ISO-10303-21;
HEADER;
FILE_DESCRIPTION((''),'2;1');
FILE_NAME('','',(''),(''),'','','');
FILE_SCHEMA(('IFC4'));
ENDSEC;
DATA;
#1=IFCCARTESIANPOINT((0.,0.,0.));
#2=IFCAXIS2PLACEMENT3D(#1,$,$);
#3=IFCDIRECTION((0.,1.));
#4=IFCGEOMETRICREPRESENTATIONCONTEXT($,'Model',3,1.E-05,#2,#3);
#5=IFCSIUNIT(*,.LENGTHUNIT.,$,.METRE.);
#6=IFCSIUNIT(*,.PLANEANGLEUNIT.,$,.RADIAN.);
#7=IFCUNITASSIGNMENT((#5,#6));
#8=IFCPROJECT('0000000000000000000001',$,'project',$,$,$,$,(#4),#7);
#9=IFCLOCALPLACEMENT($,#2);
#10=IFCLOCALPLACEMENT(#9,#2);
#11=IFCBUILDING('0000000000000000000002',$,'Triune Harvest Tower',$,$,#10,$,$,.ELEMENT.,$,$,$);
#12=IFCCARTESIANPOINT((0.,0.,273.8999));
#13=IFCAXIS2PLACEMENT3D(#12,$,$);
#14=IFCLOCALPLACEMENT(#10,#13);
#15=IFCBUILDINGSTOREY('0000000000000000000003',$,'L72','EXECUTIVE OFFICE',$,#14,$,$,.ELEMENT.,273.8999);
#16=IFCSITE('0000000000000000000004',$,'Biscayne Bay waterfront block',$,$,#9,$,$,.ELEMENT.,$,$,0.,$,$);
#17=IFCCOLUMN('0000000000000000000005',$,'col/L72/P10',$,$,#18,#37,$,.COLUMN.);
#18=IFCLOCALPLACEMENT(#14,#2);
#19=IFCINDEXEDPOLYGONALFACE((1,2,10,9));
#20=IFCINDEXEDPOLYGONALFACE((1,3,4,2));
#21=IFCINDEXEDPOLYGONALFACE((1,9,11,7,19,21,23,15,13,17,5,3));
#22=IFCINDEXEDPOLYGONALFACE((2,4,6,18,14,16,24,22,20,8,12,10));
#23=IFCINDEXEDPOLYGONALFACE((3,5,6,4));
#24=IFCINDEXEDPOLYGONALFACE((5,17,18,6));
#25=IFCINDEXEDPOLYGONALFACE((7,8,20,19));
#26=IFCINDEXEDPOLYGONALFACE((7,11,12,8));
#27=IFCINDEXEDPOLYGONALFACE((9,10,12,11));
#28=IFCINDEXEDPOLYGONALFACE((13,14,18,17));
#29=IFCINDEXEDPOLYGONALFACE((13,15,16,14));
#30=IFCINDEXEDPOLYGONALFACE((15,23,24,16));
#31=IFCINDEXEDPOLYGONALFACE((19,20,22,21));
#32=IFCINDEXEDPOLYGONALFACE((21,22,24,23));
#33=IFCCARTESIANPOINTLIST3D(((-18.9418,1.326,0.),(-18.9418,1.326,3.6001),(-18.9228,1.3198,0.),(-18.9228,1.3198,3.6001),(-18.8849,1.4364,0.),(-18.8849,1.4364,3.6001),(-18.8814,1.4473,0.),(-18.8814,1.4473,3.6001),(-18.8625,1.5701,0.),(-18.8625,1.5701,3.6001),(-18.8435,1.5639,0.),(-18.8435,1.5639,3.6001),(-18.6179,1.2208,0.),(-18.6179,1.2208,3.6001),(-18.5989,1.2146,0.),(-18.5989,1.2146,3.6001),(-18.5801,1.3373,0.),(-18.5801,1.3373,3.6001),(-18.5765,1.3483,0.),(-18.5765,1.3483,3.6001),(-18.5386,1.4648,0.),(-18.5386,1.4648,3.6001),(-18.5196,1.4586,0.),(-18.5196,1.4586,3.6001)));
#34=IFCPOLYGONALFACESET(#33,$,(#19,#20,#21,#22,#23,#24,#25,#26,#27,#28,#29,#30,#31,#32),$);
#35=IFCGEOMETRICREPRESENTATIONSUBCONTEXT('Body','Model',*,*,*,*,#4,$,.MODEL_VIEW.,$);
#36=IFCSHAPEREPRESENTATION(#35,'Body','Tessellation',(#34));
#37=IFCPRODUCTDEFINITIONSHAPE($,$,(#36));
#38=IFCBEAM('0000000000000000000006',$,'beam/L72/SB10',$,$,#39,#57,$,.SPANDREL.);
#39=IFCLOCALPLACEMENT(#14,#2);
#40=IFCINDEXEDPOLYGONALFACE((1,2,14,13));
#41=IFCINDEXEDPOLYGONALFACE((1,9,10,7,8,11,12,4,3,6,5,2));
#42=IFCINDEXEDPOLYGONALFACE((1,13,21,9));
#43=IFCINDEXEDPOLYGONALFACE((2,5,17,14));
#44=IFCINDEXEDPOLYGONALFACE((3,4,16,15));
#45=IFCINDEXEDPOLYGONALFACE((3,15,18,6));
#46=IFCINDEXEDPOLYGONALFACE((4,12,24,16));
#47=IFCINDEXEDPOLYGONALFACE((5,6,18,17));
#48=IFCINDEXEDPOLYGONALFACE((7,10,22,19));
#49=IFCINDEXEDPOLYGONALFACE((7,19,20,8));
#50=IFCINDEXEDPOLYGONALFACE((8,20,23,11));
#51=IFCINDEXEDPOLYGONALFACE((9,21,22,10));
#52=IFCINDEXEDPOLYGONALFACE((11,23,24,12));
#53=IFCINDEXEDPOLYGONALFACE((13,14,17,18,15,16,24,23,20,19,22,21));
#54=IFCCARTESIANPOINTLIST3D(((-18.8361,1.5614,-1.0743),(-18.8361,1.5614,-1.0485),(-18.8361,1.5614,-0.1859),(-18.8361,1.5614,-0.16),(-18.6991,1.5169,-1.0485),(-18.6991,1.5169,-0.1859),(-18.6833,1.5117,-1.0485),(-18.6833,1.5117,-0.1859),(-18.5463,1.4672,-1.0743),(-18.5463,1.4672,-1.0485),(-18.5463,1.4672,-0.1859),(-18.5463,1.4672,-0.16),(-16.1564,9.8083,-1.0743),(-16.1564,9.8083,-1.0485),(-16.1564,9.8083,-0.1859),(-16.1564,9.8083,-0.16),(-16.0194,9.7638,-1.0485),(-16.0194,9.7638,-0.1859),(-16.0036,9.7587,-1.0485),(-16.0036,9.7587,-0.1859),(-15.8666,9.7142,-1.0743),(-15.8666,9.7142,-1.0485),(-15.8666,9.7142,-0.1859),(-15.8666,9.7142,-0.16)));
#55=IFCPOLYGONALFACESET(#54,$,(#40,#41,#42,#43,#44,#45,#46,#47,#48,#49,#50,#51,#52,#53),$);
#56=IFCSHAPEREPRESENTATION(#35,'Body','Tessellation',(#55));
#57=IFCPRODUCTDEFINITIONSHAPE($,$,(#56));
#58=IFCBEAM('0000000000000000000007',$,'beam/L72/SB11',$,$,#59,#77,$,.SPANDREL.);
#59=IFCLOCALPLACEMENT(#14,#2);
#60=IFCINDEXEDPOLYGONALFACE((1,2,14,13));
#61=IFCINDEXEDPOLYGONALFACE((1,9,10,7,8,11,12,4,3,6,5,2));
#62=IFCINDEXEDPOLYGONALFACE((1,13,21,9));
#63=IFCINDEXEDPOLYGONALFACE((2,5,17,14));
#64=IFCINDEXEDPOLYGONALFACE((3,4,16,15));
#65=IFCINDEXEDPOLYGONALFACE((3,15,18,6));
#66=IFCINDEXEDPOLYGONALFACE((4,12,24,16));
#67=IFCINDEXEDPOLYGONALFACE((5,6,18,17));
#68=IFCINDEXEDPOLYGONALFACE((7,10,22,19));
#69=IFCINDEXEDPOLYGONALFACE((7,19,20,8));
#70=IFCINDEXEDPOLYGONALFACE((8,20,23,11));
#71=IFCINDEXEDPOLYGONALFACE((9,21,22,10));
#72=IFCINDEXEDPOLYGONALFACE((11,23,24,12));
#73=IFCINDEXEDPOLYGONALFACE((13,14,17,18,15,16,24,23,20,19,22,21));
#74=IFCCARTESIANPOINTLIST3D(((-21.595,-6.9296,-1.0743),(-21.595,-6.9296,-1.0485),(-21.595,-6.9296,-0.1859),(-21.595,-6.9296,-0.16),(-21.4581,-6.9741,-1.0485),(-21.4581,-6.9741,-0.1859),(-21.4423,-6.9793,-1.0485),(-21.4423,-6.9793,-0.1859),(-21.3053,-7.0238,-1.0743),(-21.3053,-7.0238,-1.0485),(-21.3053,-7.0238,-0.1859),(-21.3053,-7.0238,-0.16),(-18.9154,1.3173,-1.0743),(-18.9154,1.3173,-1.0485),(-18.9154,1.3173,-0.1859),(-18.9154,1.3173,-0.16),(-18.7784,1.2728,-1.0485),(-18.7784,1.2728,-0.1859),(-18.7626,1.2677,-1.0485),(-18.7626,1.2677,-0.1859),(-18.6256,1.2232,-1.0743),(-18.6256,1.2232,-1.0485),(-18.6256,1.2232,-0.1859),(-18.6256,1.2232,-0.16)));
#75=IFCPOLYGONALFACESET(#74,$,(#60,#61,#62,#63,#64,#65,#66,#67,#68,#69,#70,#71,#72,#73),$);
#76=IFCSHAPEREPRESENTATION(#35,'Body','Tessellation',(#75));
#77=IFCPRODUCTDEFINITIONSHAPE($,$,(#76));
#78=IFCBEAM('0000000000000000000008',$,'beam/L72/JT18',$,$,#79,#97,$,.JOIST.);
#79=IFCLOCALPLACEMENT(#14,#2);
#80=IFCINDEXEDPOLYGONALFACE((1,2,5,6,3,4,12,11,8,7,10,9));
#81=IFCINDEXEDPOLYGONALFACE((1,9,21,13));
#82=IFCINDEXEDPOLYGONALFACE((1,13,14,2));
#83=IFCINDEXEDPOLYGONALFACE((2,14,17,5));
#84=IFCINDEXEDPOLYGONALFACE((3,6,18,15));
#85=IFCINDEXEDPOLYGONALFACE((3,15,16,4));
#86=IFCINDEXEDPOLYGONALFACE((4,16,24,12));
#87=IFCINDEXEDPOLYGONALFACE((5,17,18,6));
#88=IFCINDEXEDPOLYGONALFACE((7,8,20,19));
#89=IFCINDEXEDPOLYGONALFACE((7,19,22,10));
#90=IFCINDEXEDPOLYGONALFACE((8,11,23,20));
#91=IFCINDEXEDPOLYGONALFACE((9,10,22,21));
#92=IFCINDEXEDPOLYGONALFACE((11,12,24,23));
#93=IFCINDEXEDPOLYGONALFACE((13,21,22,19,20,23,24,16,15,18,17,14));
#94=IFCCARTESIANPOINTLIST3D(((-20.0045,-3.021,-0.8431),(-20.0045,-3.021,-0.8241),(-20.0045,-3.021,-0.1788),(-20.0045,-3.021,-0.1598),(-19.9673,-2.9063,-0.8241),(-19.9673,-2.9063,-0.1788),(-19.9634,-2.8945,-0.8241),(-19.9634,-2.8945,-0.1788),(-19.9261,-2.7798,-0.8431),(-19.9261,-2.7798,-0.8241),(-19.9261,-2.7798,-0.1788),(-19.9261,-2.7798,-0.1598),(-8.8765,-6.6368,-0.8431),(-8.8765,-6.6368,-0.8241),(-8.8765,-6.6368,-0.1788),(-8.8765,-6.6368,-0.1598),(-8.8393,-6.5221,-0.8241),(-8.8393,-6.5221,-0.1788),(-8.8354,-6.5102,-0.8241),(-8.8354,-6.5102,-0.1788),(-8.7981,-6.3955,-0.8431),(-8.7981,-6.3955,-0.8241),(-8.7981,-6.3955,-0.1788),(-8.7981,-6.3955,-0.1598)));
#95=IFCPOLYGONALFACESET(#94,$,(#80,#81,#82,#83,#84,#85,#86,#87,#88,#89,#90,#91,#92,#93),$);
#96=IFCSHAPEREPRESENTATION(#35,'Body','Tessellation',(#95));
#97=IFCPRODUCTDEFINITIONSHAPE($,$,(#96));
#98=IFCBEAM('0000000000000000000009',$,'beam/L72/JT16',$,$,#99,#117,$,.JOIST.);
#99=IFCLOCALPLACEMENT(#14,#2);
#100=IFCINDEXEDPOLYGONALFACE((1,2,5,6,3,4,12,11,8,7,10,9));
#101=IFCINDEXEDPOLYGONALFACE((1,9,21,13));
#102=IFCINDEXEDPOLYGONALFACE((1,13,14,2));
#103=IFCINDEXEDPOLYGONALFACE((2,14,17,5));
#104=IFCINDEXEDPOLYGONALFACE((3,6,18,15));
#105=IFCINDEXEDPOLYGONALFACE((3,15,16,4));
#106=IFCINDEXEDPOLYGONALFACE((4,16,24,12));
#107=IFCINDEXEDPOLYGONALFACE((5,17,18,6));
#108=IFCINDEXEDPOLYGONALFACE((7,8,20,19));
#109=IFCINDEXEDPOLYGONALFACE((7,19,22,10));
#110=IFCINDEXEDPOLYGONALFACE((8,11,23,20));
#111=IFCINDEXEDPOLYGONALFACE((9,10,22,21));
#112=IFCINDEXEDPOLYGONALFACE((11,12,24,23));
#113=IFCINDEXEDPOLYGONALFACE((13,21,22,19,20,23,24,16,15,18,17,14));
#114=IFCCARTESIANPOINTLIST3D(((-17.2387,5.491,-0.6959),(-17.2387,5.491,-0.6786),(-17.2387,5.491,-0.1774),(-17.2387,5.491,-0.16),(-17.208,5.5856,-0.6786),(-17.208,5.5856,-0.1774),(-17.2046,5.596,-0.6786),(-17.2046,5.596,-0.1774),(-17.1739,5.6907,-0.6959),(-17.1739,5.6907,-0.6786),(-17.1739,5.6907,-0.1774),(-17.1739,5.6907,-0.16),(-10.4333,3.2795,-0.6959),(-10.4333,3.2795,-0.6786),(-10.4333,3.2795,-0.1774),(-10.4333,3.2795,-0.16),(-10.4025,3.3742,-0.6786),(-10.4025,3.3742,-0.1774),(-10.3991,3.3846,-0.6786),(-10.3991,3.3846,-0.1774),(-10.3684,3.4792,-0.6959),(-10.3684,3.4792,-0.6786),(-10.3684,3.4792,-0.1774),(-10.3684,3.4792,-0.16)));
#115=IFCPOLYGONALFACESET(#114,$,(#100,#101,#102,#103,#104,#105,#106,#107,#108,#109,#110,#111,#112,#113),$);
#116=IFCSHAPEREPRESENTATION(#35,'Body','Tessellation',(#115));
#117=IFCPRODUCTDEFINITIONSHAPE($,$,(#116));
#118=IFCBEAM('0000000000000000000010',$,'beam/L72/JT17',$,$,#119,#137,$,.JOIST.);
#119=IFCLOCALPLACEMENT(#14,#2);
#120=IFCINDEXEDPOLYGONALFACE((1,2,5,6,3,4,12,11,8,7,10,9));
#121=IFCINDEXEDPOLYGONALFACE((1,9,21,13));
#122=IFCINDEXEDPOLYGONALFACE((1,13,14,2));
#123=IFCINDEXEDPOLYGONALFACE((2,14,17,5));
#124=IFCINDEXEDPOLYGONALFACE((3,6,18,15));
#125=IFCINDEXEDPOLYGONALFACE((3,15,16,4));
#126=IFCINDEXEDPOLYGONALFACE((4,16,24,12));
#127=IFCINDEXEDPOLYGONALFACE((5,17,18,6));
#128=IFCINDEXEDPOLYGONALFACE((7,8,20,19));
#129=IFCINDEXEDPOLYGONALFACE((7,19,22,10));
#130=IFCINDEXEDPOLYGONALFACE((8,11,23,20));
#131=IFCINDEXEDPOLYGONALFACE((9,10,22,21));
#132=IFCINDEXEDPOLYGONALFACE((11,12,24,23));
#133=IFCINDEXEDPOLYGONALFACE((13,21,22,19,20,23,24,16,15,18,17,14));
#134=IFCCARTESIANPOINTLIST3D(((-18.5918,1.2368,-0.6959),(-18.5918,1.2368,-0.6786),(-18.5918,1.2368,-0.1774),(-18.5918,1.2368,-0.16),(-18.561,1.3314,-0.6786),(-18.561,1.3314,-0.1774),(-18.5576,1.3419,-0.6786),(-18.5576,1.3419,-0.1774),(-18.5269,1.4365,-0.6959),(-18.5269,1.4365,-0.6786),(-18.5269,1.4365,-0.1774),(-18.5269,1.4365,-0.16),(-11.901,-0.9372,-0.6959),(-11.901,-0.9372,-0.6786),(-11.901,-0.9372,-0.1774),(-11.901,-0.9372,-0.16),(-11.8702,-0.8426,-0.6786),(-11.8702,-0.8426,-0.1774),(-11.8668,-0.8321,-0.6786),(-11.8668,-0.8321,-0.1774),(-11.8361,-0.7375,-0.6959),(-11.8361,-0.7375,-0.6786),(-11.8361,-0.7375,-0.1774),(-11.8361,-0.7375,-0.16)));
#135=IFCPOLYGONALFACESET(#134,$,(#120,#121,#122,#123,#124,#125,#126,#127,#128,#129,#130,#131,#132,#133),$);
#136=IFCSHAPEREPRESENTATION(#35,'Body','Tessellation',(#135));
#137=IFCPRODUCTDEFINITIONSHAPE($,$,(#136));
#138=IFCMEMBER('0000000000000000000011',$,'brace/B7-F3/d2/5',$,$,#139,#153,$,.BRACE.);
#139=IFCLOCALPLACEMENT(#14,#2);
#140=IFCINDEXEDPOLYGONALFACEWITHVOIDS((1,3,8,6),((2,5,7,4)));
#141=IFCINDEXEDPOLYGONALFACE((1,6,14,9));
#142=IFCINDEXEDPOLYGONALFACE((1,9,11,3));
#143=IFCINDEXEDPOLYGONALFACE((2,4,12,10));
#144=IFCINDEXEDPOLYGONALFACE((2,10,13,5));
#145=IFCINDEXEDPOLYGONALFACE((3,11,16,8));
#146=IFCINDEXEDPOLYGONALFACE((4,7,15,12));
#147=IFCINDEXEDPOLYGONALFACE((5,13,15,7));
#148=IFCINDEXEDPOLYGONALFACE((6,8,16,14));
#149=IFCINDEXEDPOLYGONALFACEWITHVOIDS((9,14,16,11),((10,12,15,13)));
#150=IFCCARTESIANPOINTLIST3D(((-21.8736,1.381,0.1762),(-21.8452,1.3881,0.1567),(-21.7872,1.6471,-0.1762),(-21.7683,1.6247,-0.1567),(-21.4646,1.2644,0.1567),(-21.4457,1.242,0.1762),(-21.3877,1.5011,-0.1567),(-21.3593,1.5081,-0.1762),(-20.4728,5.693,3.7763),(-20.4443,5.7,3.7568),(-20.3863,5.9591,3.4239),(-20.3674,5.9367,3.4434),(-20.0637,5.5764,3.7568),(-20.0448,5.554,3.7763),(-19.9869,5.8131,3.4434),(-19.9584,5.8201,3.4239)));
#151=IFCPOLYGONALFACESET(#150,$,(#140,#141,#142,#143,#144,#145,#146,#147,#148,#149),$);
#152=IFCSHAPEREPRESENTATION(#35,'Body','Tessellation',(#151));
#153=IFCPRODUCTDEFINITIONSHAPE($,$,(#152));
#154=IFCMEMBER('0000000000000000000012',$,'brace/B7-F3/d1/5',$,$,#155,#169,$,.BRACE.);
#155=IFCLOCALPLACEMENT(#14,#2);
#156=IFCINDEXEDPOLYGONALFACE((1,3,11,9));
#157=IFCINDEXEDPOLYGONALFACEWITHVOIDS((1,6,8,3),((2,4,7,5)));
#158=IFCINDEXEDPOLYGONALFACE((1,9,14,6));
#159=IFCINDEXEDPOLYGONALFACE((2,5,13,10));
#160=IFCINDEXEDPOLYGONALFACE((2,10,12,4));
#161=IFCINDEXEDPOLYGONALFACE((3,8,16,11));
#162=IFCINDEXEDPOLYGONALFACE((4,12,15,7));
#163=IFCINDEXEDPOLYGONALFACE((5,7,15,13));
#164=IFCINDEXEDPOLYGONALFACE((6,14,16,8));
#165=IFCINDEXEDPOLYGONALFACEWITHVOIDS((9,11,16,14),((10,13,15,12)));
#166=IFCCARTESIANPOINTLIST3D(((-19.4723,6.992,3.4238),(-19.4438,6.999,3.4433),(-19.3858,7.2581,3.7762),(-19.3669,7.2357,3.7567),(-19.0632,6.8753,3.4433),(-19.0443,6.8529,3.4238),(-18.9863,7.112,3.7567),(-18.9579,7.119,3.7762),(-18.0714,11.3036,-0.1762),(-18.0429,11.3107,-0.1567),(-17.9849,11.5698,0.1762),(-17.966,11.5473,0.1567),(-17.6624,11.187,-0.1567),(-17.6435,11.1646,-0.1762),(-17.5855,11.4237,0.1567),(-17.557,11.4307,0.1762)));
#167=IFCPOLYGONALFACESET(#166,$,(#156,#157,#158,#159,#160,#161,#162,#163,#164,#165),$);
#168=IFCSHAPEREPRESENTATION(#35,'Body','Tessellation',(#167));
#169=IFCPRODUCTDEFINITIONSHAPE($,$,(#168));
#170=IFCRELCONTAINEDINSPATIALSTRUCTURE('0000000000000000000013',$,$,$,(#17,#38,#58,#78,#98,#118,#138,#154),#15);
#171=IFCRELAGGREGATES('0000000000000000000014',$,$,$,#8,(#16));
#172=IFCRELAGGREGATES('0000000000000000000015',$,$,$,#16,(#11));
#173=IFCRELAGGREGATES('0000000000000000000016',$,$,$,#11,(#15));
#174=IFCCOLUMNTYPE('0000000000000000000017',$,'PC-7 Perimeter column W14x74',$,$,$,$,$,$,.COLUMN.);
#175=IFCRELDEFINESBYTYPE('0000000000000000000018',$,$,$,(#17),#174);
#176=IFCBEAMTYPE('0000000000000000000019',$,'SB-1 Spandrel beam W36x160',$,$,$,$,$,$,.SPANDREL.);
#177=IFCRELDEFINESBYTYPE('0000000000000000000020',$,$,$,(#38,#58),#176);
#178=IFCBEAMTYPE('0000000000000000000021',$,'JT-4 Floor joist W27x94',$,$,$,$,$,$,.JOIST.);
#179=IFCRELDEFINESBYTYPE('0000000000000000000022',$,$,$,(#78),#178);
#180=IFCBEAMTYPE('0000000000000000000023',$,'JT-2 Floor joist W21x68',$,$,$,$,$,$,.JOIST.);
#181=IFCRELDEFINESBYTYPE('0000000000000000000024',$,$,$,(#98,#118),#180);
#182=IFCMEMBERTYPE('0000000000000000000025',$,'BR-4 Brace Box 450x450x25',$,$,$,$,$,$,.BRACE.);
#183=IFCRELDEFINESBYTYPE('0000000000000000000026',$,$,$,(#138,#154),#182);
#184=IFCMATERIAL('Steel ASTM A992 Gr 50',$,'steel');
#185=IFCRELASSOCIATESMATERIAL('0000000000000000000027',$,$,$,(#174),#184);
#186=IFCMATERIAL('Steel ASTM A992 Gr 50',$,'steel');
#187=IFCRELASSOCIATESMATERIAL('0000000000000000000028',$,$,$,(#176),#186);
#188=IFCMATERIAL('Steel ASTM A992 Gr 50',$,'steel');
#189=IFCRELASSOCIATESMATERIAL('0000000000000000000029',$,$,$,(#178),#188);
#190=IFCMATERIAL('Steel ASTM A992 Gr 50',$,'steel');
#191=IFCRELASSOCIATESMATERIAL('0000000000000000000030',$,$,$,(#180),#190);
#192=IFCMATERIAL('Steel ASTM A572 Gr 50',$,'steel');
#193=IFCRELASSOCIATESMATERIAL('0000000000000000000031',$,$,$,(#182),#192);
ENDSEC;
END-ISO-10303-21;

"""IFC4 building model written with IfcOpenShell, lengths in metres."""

from ifc_helpers import new_model, si_unit, direction, frame, origin, origin_2d, place, context, subcontext, project, spatial, hollow_rectangle, i_section, extrude, source, transform, mapped, material, material_profile, profile_set, type_object, element, save


model = new_model("IFC4")

# Units and contexts
model_context = context("Model", 3, precision=1e-05, world=origin(), true_north=direction((0.0, 1.0)))
body_context = subcontext(model_context, "Body", "Model", "MODEL_VIEW")
ifc_project = project(units=[si_unit("LENGTHUNIT", "METRE"), si_unit("PLANEANGLEUNIT", "RADIAN")], contexts=[model_context])

# Site, building, storey
site_placement = place(None, origin())
site = spatial("IfcSite", under=ifc_project, at=site_placement, Name="Biscayne Bay waterfront block", CompositionType="ELEMENT", RefElevation=0.0)
building_placement = place(site_placement, origin())
building = spatial("IfcBuilding", under=site, at=building_placement, Name="Triune Harvest Tower", CompositionType="ELEMENT")
storey_placement = place(building_placement, frame((0.0, 0.0, 273.8999)))
storey = spatial("IfcBuildingStorey", under=building, at=storey_placement, Name="L72", Description="EXECUTIVE OFFICE", CompositionType="ELEMENT", Elevation=273.8999)

# Column
ifc_material_1 = material(Name="Steel ASTM A992 Gr 50", Category="steel")
ifc_material_profile_1 = material_profile(ifc_material_1, i_section(OverallWidth=0.2566, OverallDepth=0.3606, WebThickness=0.0115, FlangeThickness=0.02, at=origin_2d()), Name="W14x74")
ifc_profile_set_1 = profile_set([ifc_material_profile_1], Name="Steel ASTM A992 Gr 50")
column_type = type_object("IfcColumnType", Name="PC-7 Perimeter column W14x74", PredefinedType="COLUMN", material=ifc_profile_set_1)
shared_shape_1 = source(origin(), body_context, "Body", "SweptSolid", [
    extrude(i_section(OverallWidth=0.2566, OverallDepth=0.3606, WebThickness=0.0115, FlangeThickness=0.02, at=origin_2d()), origin(), (0.0, 0.0, 1.0), 3.6001),
])
column_placement = place(storey_placement, frame((-18.7307, 1.3923, 0.0), z_axis=(0.0, 0.0, 1.0), x_axis=(-0.309015, -0.951057, 0.0)))
element("IfcColumn", 1, at=column_placement, inside=storey, type_object=column_type, Name="col/L72/P10", PredefinedType="COLUMN", context=body_context, shape_type="MappedRepresentation", body=[
    mapped(shared_shape_1, transform((0.0, 0.0, 0.0), scale=1.0)),
])

# Beams
ifc_material_2 = material(Name="Steel ASTM A992 Gr 50", Category="steel")
ifc_material_profile_2 = material_profile(ifc_material_2, i_section(OverallWidth=0.3047, OverallDepth=0.9143, WebThickness=0.0166, FlangeThickness=0.0259, at=origin_2d()), Name="W36x160")
ifc_profile_set_2 = profile_set([ifc_material_profile_2], Name="Steel ASTM A992 Gr 50")
beam_type_1 = type_object("IfcBeamType", Name="SB-1 Spandrel beam W36x160", PredefinedType="SPANDREL", material=ifc_profile_set_2)
shared_shape_2 = source(origin(), body_context, "Body", "SweptSolid", [
    extrude(i_section(OverallWidth=0.3047, OverallDepth=0.9143, WebThickness=0.0166, FlangeThickness=0.0259, at=origin_2d()), origin(), (0.0, 0.0, 1.0), 8.6714),
])
for number, where, z_axis, x_axis, name in (
    (2, (-16.0115, 9.7612, -0.6172), (-0.309031, -0.951052, 0.0), (0.951052, -0.309031, 0.0), "beam/L72/SB10"),
    (3, (-18.7705, 1.2703, -0.6172), (-0.309022, -0.951055, 0.0), (0.951055, -0.309022, 0.0), "beam/L72/SB11"),
):
    element("IfcBeam", number, at=place(storey_placement, frame(where, z_axis=z_axis, x_axis=x_axis)), inside=storey, type_object=beam_type_1, Name=name, PredefinedType="SPANDREL", context=body_context, shape_type="MappedRepresentation", body=[
        mapped(shared_shape_2, transform((0.0, 0.0, 0.0), scale=1.0)),
    ])
ifc_material_3 = material(Name="Steel ASTM A992 Gr 50", Category="steel")
ifc_material_profile_3 = material_profile(ifc_material_3, i_section(OverallWidth=0.2537, OverallDepth=0.6833, WebThickness=0.0125, FlangeThickness=0.019, at=origin_2d()), Name="W27x94")
ifc_profile_set_3 = profile_set([ifc_material_profile_3], Name="Steel ASTM A992 Gr 50")
beam_type_2 = type_object("IfcBeamType", Name="JT-4 Floor joist W27x94", PredefinedType="JOIST", material=ifc_profile_set_3)
shared_shape_3 = source(origin(), body_context, "Body", "SweptSolid", [
    extrude(i_section(OverallWidth=0.2537, OverallDepth=0.6833, WebThickness=0.0125, FlangeThickness=0.019, at=origin_2d()), origin(), (0.0, 0.0, 1.0), 11.7007),
])
beam_1_placement = place(storey_placement, frame((-19.9653, -2.9004, -0.5015), z_axis=(0.951056, -0.30902, 0.0), x_axis=(0.30902, 0.951056, 0.0)))
element("IfcBeam", 4, at=beam_1_placement, inside=storey, type_object=beam_type_2, Name="beam/L72/JT18", PredefinedType="JOIST", context=body_context, shape_type="MappedRepresentation", body=[
    mapped(shared_shape_3, transform((0.0, 0.0, 0.0), scale=1.0)),
])
ifc_material_4 = material(Name="Steel ASTM A992 Gr 50", Category="steel")
ifc_material_profile_4 = material_profile(ifc_material_4, i_section(OverallWidth=0.21, OverallDepth=0.5359, WebThickness=0.011, FlangeThickness=0.0173, at=origin_2d()), Name="W21x68")
ifc_profile_set_4 = profile_set([ifc_material_profile_4], Name="Steel ASTM A992 Gr 50")
beam_type_3 = type_object("IfcBeamType", Name="JT-2 Floor joist W21x68", PredefinedType="JOIST", material=ifc_profile_set_4)
shared_shape_4 = source(origin(), body_context, "Body", "SweptSolid", [
    extrude(i_section(OverallWidth=0.21, OverallDepth=0.5359, WebThickness=0.011, FlangeThickness=0.0173, at=origin_2d()), origin(), (0.0, 0.0, 1.0), 7.1558),
])
beam_2_placement = place(storey_placement, frame((-17.2063, 5.5908, -0.428), z_axis=(0.951048, -0.309044, 0.0), x_axis=(0.309044, 0.951048, 0.0)))
element("IfcBeam", 5, at=beam_2_placement, inside=storey, type_object=beam_type_3, Name="beam/L72/JT16", PredefinedType="JOIST", context=body_context, shape_type="MappedRepresentation", body=[
    mapped(shared_shape_4, transform((0.0, 0.0, 0.0), scale=1.0)),
])
shared_shape_5 = source(origin(), body_context, "Body", "SweptSolid", [
    extrude(i_section(OverallWidth=0.21, OverallDepth=0.5359, WebThickness=0.011, FlangeThickness=0.0173, at=origin_2d()), origin(), (0.0, 0.0, 1.0), 7.0352),
])
beam_3_placement = place(storey_placement, frame((-18.5593, 1.3367, -0.428), z_axis=(0.951054, -0.309025, 0.0), x_axis=(0.309025, 0.951054, 0.0)))
element("IfcBeam", 6, at=beam_3_placement, inside=storey, type_object=beam_type_3, Name="beam/L72/JT17", PredefinedType="JOIST", context=body_context, shape_type="MappedRepresentation", body=[
    mapped(shared_shape_5, transform((0.0, 0.0, 0.0), scale=1.0)),
])

# Members
ifc_material_5 = material(Name="Steel ASTM A572 Gr 50", Category="steel")
ifc_material_profile_5 = material_profile(ifc_material_5, hollow_rectangle(XDim=0.45, YDim=0.45, WallThickness=0.0249, at=origin_2d()), Name="Box 450x450x25")
ifc_profile_set_5 = profile_set([ifc_material_profile_5], Name="Steel ASTM A572 Gr 50")
member_type_1 = type_object("IfcMemberType", Name="BR-4 Brace Box 450x450x25", PredefinedType="BRACE", material=ifc_profile_set_5)
shared_shape_6 = source(origin(), body_context, "Body", "SweptSolid", [
    extrude(hollow_rectangle(XDim=0.45, YDim=0.45, WallThickness=0.0249, at=origin_2d()), origin(), (0.0, 0.0, 1.0), 5.7893),
])
member_1_placement = place(storey_placement, frame((-21.6165, 1.4446, 0.0), z_axis=(0.241975, 0.744818, 0.621848), x_axis=(-0.951068, 0.308981, 0.0)))
element("IfcMember", 7, at=member_1_placement, inside=storey, type_object=member_type_1, Name="brace/B7-F3/d2/5", PredefinedType="BRACE", context=body_context, shape_type="MappedRepresentation", body=[
    mapped(shared_shape_6, transform((0.0, 0.0, 0.0), scale=1.0)),
])
shared_shape_7 = source(origin(), body_context, "Body", "SweptSolid", [
    extrude(hollow_rectangle(XDim=0.45, YDim=0.45, WallThickness=0.0249, at=origin_2d()), origin(), (0.0, 0.0, 1.0), 5.7891),
])
member_2_placement = place(storey_placement, frame((-17.8142, 11.3672, 0.0), z_axis=(-0.241983, -0.744799, 0.621868), x_axis=(0.951063, -0.308997, 0.0)))
element("IfcMember", 8, at=member_2_placement, inside=storey, type_object=member_type_1, Name="brace/B7-F3/d1/5", PredefinedType="BRACE", context=body_context, shape_type="MappedRepresentation", body=[
    mapped(shared_shape_7, transform((0.0, 0.0, 0.0), scale=1.0)),
])

save(model, "model.ifc")
